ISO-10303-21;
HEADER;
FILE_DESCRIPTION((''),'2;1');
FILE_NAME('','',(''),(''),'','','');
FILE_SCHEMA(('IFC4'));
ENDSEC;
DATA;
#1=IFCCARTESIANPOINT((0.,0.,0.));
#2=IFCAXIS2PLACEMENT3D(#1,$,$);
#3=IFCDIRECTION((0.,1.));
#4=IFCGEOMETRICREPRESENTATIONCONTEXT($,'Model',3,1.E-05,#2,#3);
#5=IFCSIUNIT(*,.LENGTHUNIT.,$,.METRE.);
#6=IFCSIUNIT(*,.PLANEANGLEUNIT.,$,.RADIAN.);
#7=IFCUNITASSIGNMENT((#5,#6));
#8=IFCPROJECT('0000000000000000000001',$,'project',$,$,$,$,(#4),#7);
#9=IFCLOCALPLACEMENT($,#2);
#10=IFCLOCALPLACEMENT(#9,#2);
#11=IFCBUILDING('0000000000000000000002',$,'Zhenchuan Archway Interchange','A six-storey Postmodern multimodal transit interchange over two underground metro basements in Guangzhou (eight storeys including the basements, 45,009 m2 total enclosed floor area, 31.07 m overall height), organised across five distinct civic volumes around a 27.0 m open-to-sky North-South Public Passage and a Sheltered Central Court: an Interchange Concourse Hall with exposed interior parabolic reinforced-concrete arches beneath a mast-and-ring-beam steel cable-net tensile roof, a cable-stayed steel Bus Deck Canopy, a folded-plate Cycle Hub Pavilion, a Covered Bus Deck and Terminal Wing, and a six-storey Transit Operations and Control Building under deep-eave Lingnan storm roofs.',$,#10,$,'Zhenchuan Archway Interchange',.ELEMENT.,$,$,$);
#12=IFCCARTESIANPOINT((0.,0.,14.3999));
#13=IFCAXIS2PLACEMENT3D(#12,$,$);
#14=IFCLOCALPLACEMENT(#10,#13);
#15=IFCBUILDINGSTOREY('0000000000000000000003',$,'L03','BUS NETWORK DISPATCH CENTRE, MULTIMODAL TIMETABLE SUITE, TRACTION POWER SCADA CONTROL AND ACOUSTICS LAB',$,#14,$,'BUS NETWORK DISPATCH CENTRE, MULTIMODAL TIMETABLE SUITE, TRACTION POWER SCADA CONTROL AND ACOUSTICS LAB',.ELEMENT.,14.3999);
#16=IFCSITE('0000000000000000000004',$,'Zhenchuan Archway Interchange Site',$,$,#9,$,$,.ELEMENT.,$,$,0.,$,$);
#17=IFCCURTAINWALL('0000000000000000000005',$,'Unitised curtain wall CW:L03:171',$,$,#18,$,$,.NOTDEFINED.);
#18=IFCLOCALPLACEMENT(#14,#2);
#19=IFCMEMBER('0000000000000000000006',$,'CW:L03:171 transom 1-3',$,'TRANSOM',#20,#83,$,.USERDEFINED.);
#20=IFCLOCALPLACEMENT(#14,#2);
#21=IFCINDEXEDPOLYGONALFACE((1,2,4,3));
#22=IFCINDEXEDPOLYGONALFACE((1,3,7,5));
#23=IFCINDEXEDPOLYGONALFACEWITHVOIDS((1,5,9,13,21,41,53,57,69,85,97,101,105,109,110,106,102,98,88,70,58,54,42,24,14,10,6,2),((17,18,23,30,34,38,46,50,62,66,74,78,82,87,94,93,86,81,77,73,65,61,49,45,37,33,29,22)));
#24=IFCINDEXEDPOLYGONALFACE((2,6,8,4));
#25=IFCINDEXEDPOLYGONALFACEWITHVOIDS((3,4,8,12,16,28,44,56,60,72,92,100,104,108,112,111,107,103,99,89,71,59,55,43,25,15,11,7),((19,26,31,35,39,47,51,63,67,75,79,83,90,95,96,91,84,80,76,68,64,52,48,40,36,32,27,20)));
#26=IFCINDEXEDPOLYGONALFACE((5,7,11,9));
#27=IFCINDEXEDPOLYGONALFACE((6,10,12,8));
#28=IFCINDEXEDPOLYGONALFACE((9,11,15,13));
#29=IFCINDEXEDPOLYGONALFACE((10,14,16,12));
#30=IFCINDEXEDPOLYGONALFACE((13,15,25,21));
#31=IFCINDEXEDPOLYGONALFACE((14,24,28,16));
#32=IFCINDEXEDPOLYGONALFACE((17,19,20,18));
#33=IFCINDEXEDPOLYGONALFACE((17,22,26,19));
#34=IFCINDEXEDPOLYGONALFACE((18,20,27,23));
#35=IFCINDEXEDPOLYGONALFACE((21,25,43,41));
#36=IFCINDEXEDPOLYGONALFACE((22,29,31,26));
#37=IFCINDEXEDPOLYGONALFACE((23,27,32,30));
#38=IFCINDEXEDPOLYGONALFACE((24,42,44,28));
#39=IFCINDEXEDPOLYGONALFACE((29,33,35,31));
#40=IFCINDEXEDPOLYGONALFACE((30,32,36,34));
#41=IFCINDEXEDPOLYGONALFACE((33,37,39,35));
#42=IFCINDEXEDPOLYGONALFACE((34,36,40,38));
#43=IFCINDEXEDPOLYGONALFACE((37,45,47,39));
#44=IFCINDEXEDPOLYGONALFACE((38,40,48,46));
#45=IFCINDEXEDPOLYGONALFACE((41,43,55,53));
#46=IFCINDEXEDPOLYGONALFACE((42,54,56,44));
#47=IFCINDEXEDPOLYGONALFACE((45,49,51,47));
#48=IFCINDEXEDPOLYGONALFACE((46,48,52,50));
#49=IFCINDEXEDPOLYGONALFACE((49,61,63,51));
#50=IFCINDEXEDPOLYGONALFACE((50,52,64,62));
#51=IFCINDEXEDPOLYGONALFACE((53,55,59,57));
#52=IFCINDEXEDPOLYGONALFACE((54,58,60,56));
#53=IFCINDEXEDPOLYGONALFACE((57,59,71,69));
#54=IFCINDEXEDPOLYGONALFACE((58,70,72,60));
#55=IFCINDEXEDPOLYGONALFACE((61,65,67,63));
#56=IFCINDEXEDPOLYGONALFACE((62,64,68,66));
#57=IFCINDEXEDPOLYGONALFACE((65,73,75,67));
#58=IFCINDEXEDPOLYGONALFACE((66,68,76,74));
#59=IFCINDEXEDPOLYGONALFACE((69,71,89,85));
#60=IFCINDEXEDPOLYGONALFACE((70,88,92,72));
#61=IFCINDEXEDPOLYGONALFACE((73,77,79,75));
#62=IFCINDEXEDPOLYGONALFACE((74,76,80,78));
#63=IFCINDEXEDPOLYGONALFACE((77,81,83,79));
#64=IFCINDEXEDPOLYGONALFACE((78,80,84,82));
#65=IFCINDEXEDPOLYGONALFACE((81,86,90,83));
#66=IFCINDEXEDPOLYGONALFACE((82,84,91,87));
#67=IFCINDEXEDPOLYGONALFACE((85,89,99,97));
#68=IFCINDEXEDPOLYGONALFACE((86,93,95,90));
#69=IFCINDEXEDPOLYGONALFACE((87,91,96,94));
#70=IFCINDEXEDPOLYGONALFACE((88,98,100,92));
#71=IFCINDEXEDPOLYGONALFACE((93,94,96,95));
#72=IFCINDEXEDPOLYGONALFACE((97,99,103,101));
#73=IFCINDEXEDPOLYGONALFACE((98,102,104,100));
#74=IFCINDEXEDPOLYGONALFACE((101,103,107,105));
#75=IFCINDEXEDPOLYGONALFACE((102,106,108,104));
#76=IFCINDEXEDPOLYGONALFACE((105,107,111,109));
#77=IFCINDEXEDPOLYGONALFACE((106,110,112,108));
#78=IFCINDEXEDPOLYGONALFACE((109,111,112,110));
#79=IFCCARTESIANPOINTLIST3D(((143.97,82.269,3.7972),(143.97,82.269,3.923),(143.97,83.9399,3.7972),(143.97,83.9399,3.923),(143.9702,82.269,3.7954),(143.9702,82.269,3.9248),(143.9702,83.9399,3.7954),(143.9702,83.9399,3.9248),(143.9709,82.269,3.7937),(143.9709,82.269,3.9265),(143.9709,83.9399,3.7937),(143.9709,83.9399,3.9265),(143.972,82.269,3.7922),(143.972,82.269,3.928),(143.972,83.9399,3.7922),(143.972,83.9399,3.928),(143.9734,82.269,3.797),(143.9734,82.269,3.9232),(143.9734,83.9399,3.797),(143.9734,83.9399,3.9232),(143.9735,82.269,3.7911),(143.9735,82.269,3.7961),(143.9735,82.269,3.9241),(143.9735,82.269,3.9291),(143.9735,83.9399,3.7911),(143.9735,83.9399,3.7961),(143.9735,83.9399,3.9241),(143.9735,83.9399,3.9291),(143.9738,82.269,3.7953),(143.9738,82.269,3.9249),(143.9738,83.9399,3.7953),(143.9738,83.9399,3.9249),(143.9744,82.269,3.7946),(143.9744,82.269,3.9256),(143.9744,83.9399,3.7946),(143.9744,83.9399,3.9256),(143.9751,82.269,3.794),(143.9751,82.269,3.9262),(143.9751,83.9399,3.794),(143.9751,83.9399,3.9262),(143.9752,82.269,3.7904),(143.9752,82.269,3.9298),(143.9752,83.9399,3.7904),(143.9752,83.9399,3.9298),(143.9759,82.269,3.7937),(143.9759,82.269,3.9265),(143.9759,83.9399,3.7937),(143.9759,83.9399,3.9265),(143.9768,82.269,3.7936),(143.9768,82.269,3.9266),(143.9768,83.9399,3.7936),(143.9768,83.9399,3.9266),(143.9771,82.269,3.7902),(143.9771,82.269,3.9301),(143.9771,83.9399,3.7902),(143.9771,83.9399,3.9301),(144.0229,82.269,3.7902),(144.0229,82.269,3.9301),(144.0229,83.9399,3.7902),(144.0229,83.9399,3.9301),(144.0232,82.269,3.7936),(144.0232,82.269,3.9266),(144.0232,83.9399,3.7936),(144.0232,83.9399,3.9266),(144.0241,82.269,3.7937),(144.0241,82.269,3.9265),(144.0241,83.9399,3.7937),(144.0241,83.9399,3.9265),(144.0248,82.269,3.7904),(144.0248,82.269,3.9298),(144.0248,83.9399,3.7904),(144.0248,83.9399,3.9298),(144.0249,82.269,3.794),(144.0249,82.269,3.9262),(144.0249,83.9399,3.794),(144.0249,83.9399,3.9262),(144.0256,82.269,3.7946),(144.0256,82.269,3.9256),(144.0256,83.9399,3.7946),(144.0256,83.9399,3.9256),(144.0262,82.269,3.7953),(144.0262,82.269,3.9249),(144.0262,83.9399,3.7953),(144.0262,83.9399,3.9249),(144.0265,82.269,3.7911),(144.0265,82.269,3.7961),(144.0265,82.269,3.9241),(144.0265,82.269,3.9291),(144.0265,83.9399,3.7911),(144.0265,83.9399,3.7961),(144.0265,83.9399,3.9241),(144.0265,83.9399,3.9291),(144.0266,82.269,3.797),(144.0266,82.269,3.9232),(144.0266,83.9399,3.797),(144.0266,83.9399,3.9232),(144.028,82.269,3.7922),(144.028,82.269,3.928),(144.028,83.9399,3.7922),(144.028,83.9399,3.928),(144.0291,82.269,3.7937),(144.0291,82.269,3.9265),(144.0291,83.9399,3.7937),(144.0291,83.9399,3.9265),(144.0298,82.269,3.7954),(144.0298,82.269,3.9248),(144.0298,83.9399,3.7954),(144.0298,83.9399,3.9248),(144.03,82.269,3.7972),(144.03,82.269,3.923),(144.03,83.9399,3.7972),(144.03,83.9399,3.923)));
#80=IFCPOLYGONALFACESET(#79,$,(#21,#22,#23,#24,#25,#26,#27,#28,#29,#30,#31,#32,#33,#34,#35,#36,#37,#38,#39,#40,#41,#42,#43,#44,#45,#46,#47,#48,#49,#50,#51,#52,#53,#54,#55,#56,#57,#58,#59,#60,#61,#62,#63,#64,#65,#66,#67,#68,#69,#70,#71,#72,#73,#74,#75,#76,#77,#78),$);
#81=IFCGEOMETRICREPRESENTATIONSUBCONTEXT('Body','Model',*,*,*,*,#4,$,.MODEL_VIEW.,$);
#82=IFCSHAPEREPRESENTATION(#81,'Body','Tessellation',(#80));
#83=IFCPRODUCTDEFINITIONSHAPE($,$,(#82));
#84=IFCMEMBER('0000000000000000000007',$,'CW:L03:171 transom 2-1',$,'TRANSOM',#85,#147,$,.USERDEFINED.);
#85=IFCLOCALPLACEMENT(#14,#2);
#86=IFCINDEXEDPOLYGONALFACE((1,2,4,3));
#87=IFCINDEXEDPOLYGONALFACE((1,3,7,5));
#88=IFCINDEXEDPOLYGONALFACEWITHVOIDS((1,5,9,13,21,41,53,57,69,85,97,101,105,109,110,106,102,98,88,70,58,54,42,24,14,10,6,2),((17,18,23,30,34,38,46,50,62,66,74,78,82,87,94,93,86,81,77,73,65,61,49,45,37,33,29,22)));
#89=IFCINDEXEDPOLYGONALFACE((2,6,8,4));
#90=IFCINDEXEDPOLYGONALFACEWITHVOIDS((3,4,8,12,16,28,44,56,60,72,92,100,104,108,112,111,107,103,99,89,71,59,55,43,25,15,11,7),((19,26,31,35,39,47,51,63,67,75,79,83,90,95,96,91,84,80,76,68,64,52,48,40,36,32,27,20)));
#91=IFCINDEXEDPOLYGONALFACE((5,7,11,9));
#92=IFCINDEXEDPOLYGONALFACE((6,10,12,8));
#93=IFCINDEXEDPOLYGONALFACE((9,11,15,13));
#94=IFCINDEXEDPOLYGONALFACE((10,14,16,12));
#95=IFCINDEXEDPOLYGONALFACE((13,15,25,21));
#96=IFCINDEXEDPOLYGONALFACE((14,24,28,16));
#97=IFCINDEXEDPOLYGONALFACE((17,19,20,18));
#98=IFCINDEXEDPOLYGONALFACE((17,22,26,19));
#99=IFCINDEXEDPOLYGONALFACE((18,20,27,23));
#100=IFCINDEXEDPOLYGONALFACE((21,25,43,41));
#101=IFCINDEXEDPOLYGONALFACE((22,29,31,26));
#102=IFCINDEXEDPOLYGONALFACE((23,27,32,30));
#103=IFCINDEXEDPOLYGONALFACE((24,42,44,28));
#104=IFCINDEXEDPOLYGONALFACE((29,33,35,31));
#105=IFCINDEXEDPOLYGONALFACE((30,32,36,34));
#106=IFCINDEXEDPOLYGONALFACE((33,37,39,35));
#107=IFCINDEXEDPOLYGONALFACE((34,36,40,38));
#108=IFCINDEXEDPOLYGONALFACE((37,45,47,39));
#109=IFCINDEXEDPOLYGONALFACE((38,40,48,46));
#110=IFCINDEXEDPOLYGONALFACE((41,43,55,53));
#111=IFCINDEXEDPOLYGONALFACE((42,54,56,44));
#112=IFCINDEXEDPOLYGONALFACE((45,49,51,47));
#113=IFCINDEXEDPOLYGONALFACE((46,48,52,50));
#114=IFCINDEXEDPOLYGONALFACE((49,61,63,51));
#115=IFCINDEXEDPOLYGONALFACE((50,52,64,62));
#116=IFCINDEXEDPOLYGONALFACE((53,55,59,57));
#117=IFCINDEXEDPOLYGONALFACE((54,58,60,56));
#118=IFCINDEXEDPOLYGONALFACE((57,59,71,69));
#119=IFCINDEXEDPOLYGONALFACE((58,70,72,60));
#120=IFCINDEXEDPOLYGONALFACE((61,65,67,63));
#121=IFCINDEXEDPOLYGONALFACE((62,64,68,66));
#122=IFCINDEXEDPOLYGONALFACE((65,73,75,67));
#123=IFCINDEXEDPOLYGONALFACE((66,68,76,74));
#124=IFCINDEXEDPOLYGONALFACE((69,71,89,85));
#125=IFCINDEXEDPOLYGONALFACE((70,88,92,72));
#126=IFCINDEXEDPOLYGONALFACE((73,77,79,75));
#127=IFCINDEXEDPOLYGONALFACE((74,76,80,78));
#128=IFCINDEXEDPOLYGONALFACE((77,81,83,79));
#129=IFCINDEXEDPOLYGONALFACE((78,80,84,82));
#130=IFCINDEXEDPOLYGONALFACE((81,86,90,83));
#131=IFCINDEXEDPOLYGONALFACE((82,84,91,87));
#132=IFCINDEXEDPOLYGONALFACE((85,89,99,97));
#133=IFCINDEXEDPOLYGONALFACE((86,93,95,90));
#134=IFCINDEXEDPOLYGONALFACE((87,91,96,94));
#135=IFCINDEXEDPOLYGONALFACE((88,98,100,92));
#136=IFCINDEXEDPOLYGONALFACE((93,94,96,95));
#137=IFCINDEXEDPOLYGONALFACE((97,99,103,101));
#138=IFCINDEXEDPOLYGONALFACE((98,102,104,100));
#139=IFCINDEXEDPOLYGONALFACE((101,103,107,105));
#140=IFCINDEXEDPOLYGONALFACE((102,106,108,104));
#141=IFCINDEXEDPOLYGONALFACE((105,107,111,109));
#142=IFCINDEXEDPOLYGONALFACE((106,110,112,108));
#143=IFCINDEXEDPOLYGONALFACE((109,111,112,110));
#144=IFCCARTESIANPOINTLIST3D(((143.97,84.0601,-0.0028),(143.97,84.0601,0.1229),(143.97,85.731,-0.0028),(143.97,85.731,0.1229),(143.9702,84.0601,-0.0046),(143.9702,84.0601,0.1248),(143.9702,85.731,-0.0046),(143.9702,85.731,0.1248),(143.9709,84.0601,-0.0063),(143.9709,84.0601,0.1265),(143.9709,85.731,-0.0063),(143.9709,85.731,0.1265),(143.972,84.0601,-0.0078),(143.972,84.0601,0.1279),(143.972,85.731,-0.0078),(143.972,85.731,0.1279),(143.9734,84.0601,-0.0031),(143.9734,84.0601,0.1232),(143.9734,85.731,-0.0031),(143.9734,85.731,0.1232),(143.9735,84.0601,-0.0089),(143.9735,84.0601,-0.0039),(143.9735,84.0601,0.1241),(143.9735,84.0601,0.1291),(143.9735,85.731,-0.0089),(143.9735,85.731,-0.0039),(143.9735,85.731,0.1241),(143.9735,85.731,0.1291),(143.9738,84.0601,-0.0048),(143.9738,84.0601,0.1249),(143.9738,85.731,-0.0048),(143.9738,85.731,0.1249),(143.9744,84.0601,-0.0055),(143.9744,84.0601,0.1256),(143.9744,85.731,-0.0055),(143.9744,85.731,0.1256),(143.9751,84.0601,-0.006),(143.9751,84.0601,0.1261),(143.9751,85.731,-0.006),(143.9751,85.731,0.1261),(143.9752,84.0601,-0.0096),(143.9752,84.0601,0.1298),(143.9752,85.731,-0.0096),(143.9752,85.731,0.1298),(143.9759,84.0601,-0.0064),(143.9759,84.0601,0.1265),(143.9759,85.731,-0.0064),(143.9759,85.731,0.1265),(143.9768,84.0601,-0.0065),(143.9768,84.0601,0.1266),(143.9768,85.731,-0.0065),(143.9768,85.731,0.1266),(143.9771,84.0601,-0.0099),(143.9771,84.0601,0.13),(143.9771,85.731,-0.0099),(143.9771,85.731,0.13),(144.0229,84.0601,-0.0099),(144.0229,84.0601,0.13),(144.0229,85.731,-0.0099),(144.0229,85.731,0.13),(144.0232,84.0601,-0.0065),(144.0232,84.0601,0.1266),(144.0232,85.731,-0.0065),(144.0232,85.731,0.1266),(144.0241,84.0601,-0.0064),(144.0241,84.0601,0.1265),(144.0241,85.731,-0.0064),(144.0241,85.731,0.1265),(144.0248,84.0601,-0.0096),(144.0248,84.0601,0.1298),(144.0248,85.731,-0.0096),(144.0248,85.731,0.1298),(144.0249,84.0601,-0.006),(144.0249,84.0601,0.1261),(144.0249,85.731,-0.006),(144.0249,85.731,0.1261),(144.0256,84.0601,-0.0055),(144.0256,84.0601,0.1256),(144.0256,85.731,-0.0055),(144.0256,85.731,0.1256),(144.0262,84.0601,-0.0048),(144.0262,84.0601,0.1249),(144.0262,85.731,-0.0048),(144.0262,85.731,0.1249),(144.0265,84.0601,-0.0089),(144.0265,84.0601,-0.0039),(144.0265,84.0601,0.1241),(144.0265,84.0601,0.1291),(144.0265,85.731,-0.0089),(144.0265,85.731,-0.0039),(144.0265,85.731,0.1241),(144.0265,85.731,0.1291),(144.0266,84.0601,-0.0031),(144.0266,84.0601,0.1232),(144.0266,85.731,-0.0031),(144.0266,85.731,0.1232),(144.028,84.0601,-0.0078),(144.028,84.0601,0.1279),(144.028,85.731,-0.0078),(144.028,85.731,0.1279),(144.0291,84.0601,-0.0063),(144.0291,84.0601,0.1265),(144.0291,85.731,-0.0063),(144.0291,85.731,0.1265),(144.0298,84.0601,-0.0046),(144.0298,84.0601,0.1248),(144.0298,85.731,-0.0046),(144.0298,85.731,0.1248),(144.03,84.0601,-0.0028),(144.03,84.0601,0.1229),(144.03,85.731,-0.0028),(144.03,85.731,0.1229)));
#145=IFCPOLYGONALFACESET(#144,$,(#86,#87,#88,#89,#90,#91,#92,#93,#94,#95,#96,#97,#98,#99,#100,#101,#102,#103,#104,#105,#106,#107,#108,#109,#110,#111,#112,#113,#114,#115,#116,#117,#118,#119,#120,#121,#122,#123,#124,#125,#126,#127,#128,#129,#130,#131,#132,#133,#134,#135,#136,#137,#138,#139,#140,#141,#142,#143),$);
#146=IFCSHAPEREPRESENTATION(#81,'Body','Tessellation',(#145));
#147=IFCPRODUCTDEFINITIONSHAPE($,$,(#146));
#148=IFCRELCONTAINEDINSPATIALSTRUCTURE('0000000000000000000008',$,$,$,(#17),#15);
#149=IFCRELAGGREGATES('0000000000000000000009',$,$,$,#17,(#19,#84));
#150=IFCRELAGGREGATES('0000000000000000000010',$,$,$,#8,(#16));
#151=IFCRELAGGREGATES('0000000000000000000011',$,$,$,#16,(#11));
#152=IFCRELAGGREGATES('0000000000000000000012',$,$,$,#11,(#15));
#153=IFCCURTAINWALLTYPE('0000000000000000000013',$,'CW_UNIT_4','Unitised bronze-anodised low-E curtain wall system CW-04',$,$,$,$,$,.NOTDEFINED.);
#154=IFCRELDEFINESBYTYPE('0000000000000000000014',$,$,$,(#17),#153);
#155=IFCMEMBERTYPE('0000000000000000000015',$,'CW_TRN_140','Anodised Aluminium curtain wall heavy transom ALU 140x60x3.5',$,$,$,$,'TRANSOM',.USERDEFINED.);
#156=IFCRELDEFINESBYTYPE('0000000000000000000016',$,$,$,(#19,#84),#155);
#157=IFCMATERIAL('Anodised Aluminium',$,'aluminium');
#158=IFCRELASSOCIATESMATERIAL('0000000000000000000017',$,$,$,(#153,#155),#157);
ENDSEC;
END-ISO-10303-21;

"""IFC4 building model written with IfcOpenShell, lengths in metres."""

from ifc_helpers import new_model, si_unit, direction, frame, origin, origin_2d, place, context, subcontext, project, spatial, hollow_rectangle, extrude, material, material_profile, profile_set, type_object, element, aggregate, save


model = new_model("IFC4")

# Units and contexts
model_context = context("Model", 3, precision=1e-05, world=origin(), true_north=direction((0.0, 1.0)))
body_context = subcontext(model_context, "Body", "Model", "MODEL_VIEW")
ifc_project = project(units=[si_unit("LENGTHUNIT", "METRE"), si_unit("PLANEANGLEUNIT", "RADIAN")], contexts=[model_context])

# Site, building, storey
site_placement = place(None, origin())
site = spatial("IfcSite", under=ifc_project, at=site_placement, Name="Zhenchuan Archway Interchange Site", CompositionType="ELEMENT", RefElevation=0.0)
building_placement = place(site_placement, origin())
building = spatial("IfcBuilding", under=site, at=building_placement, Name="Zhenchuan Archway Interchange", Description="A six-storey Postmodern multimodal transit interchange over two underground metro basements in Guangzhou (eight storeys including the basements, 45,009 m2 total enclosed floor area, 31.07 m overall height), organised across five distinct civic volumes around a 27.0 m open-to-sky North-South Public Passage and a Sheltered Central Court: an Interchange Concourse Hall with exposed interior parabolic reinforced-concrete arches beneath a mast-and-ring-beam steel cable-net tensile roof, a cable-stayed steel Bus Deck Canopy, a folded-plate Cycle Hub Pavilion, a Covered Bus Deck and Terminal Wing, and a six-storey Transit Operations and Control Building under deep-eave Lingnan storm roofs.", LongName="Zhenchuan Archway Interchange", CompositionType="ELEMENT")
storey_placement = place(building_placement, frame((0.0, 0.0, 14.3999)))
storey = spatial("IfcBuildingStorey", under=building, at=storey_placement, Name="L03", Description="BUS NETWORK DISPATCH CENTRE, MULTIMODAL TIMETABLE SUITE, TRACTION POWER SCADA CONTROL AND ACOUSTICS LAB", LongName="BUS NETWORK DISPATCH CENTRE, MULTIMODAL TIMETABLE SUITE, TRACTION POWER SCADA CONTROL AND ACOUSTICS LAB", CompositionType="ELEMENT", Elevation=14.3999)

# Curtain wall
ifc_material_1 = material(Name="Anodised Aluminium", Category="aluminium")
curtain_wall_type_1 = type_object("IfcCurtainWallType", Name="CW_UNIT_4", Description="Unitised bronze-anodised low-E curtain wall system CW-04", PredefinedType="NOTDEFINED", material=ifc_material_1)
curtain_wall_1_placement = place(storey_placement, origin())
curtain_wall_1 = element("IfcCurtainWall", 1, at=curtain_wall_1_placement, inside=storey, type_object=curtain_wall_type_1, Name="Unitised curtain wall CW:L03:171", PredefinedType="NOTDEFINED")

# Members
ifc_material_profile_1 = material_profile(ifc_material_1, hollow_rectangle(XDim=0.0601, YDim=0.1399, WallThickness=0.0034, InnerFilletRadius=0.0034, OuterFilletRadius=0.0071, at=origin_2d()), Name="ALU 140x60x3.5")
ifc_profile_set_1 = profile_set([ifc_material_profile_1], Name="Anodised Aluminium")
member_type_1 = type_object("IfcMemberType", Name="CW_TRN_140", Description="Anodised Aluminium curtain wall heavy transom ALU 140x60x3.5", ElementType="TRANSOM", PredefinedType="USERDEFINED", material=ifc_profile_set_1)
member_1_placement = place(storey_placement, frame((144.0, 82.269, 3.8601), z_axis=(0.0, 1.0, 0.0), x_axis=(-1.0, 0.0, 0.0)))
member_1 = element("IfcMember", 2, at=member_1_placement, type_object=member_type_1, Name="CW:L03:171 transom 1-3", ObjectType="TRANSOM", PredefinedType="USERDEFINED", context=body_context, shape_type="SweptSolid", body=[
    extrude(hollow_rectangle(XDim=0.0601, YDim=0.1399, WallThickness=0.0034, InnerFilletRadius=0.0034, OuterFilletRadius=0.0071, at=origin_2d()), origin(), (0.0, 0.0, 1.0), 1.6709),
])
member_2_placement = place(storey_placement, frame((144.0, 84.0601, 0.0601), z_axis=(0.0, 1.0, 0.0), x_axis=(-1.0, 0.0, 0.0)))
member_2 = element("IfcMember", 3, at=member_2_placement, type_object=member_type_1, Name="CW:L03:171 transom 2-1", ObjectType="TRANSOM", PredefinedType="USERDEFINED", context=body_context, shape_type="SweptSolid", body=[
    extrude(hollow_rectangle(XDim=0.0601, YDim=0.1399, WallThickness=0.0034, InnerFilletRadius=0.0034, OuterFilletRadius=0.0071, at=origin_2d()), origin(), (0.0, 0.0, 1.0), 1.6709),
])

aggregate(curtain_wall_1, [member_1, member_2])

save(model, "model.ifc")
